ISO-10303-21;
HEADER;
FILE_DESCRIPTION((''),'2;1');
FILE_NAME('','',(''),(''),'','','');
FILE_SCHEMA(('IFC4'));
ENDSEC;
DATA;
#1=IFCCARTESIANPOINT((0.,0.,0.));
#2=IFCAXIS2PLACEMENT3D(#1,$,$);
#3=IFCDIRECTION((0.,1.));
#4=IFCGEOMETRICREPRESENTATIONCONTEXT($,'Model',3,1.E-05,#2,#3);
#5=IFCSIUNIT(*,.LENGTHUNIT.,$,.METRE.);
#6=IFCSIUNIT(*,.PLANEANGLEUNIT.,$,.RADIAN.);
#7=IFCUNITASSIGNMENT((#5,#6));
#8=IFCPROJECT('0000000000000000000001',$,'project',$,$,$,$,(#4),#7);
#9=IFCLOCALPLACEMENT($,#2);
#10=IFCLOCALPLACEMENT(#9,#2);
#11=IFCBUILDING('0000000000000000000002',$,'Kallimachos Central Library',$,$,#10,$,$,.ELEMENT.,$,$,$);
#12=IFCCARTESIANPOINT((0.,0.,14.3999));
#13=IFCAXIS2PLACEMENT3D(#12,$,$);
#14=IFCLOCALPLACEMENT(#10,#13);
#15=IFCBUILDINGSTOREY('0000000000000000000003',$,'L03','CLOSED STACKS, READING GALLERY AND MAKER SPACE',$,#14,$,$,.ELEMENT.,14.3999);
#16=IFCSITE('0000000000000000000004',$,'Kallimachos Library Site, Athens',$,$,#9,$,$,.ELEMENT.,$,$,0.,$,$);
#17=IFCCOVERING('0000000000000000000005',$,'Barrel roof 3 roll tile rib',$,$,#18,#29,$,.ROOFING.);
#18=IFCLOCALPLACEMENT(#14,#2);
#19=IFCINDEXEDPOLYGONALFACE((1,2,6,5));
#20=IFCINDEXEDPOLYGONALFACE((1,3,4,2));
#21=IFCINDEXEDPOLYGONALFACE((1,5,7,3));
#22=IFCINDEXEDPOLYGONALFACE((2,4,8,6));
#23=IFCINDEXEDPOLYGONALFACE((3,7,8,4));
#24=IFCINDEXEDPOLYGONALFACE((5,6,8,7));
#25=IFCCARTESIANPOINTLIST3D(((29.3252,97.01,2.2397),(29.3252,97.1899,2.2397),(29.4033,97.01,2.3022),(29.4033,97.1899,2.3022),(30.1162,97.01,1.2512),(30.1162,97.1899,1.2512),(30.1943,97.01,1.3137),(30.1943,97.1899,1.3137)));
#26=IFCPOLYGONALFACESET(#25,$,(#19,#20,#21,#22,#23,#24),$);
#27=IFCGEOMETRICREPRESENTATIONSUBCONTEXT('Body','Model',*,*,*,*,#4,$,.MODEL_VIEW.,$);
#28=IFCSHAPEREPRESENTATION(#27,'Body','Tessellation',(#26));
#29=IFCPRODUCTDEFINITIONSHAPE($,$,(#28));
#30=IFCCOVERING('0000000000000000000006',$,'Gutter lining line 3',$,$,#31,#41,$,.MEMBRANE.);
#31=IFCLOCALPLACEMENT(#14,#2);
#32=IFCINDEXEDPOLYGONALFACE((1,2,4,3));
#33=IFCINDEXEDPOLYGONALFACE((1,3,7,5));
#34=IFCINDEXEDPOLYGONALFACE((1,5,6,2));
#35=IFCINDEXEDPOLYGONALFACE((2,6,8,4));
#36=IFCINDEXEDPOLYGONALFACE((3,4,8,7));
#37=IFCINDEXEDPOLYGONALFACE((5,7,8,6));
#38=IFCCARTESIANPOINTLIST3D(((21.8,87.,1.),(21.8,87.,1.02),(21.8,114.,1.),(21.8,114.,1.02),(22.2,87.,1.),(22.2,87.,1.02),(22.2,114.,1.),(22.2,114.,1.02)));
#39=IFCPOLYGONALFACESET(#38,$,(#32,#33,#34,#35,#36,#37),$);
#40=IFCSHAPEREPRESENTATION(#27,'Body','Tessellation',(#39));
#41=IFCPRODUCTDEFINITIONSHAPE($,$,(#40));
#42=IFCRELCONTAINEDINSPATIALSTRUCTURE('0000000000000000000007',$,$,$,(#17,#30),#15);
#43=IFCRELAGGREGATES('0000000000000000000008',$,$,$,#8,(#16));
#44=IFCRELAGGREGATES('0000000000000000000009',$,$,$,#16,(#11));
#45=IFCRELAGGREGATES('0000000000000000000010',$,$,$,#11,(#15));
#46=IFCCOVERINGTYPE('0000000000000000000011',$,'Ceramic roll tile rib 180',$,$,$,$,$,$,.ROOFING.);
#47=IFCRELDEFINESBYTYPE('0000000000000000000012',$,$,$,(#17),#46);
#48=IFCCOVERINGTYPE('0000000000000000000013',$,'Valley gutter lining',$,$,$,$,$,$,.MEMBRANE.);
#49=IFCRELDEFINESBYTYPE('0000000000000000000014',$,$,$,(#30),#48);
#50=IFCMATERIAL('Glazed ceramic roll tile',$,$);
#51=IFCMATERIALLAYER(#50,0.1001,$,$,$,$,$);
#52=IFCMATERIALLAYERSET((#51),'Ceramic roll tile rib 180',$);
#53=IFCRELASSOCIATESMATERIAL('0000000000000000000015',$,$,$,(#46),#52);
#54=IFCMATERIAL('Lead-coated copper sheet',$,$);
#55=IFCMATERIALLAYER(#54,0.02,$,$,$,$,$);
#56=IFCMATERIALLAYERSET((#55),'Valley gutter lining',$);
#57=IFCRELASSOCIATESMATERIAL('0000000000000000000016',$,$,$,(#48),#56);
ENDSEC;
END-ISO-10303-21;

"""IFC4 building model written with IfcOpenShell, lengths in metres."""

from ifc_helpers import new_model, si_unit, direction, frame, origin, origin_2d, place, context, subcontext, project, spatial, polyline, rectangle, outline, extrude, material, layer, layer_set, type_object, element, save


model = new_model("IFC4")

# Units and contexts
model_context = context("Model", 3, precision=1e-05, world=origin(), true_north=direction((0.0, 1.0)))
body_context = subcontext(model_context, "Body", "Model", "MODEL_VIEW")
ifc_project = project(units=[si_unit("LENGTHUNIT", "METRE"), si_unit("PLANEANGLEUNIT", "RADIAN")], contexts=[model_context])

# Site, building, storey
site_placement = place(None, origin())
site = spatial("IfcSite", under=ifc_project, at=site_placement, Name="Kallimachos Library Site, Athens", CompositionType="ELEMENT", RefElevation=0.0)
building_placement = place(site_placement, origin())
building = spatial("IfcBuilding", under=site, at=building_placement, Name="Kallimachos Central Library", CompositionType="ELEMENT")
storey_placement = place(building_placement, frame((0.0, 0.0, 14.3999)))
storey = spatial("IfcBuildingStorey", under=building, at=storey_placement, Name="L03", Description="CLOSED STACKS, READING GALLERY AND MAKER SPACE", CompositionType="ELEMENT", Elevation=14.3999)

# Coverings
ifc_material_1 = material(Name="Glazed ceramic roll tile")
ifc_layer_1 = layer(ifc_material_1, 0.1001)
ifc_layer_set_1 = layer_set([ifc_layer_1], Name="Ceramic roll tile rib 180")
covering_type_1 = type_object("IfcCoveringType", Name="Ceramic roll tile rib 180", PredefinedType="ROOFING", material=ifc_layer_set_1)
covering_1_placement = place(storey_placement, frame((29.4033, 97.01, 2.3022), z_axis=(0.780794, 0.0, 0.624789), x_axis=(0.624789, 0.0, -0.780794)))
element("IfcCovering", 1, at=covering_1_placement, inside=storey, type_object=covering_type_1, Name="Barrel roof 3 roll tile rib", PredefinedType="ROOFING", context=body_context, shape_type="SweptSolid", body=[
    extrude(outline(polyline([(0.0, 0.0), (1.2661, 0.0), (1.2661, 0.1799), (0.0, 0.1799), (0.0, 0.0)])), origin(), (0.0, 0.0, -1.0), 0.1001),
])
ifc_material_2 = material(Name="Lead-coated copper sheet")
ifc_layer_2 = layer(ifc_material_2, 0.02)
ifc_layer_set_2 = layer_set([ifc_layer_2], Name="Valley gutter lining")
covering_type_2 = type_object("IfcCoveringType", Name="Valley gutter lining", PredefinedType="MEMBRANE", material=ifc_layer_set_2)
covering_2_placement = place(storey_placement, frame((22.0, 100.5, 1.0), z_axis=(0.0, 0.0, 1.0), x_axis=(1.0, 0.0, 0.0)))
element("IfcCovering", 2, at=covering_2_placement, inside=storey, type_object=covering_type_2, Name="Gutter lining line 3", PredefinedType="MEMBRANE", context=body_context, shape_type="SweptSolid", body=[
    extrude(rectangle(XDim=0.3999, YDim=27.0, at=origin_2d()), origin(), (0.0, 0.0, 1.0), 0.02),
])

save(model, "model.ifc")
